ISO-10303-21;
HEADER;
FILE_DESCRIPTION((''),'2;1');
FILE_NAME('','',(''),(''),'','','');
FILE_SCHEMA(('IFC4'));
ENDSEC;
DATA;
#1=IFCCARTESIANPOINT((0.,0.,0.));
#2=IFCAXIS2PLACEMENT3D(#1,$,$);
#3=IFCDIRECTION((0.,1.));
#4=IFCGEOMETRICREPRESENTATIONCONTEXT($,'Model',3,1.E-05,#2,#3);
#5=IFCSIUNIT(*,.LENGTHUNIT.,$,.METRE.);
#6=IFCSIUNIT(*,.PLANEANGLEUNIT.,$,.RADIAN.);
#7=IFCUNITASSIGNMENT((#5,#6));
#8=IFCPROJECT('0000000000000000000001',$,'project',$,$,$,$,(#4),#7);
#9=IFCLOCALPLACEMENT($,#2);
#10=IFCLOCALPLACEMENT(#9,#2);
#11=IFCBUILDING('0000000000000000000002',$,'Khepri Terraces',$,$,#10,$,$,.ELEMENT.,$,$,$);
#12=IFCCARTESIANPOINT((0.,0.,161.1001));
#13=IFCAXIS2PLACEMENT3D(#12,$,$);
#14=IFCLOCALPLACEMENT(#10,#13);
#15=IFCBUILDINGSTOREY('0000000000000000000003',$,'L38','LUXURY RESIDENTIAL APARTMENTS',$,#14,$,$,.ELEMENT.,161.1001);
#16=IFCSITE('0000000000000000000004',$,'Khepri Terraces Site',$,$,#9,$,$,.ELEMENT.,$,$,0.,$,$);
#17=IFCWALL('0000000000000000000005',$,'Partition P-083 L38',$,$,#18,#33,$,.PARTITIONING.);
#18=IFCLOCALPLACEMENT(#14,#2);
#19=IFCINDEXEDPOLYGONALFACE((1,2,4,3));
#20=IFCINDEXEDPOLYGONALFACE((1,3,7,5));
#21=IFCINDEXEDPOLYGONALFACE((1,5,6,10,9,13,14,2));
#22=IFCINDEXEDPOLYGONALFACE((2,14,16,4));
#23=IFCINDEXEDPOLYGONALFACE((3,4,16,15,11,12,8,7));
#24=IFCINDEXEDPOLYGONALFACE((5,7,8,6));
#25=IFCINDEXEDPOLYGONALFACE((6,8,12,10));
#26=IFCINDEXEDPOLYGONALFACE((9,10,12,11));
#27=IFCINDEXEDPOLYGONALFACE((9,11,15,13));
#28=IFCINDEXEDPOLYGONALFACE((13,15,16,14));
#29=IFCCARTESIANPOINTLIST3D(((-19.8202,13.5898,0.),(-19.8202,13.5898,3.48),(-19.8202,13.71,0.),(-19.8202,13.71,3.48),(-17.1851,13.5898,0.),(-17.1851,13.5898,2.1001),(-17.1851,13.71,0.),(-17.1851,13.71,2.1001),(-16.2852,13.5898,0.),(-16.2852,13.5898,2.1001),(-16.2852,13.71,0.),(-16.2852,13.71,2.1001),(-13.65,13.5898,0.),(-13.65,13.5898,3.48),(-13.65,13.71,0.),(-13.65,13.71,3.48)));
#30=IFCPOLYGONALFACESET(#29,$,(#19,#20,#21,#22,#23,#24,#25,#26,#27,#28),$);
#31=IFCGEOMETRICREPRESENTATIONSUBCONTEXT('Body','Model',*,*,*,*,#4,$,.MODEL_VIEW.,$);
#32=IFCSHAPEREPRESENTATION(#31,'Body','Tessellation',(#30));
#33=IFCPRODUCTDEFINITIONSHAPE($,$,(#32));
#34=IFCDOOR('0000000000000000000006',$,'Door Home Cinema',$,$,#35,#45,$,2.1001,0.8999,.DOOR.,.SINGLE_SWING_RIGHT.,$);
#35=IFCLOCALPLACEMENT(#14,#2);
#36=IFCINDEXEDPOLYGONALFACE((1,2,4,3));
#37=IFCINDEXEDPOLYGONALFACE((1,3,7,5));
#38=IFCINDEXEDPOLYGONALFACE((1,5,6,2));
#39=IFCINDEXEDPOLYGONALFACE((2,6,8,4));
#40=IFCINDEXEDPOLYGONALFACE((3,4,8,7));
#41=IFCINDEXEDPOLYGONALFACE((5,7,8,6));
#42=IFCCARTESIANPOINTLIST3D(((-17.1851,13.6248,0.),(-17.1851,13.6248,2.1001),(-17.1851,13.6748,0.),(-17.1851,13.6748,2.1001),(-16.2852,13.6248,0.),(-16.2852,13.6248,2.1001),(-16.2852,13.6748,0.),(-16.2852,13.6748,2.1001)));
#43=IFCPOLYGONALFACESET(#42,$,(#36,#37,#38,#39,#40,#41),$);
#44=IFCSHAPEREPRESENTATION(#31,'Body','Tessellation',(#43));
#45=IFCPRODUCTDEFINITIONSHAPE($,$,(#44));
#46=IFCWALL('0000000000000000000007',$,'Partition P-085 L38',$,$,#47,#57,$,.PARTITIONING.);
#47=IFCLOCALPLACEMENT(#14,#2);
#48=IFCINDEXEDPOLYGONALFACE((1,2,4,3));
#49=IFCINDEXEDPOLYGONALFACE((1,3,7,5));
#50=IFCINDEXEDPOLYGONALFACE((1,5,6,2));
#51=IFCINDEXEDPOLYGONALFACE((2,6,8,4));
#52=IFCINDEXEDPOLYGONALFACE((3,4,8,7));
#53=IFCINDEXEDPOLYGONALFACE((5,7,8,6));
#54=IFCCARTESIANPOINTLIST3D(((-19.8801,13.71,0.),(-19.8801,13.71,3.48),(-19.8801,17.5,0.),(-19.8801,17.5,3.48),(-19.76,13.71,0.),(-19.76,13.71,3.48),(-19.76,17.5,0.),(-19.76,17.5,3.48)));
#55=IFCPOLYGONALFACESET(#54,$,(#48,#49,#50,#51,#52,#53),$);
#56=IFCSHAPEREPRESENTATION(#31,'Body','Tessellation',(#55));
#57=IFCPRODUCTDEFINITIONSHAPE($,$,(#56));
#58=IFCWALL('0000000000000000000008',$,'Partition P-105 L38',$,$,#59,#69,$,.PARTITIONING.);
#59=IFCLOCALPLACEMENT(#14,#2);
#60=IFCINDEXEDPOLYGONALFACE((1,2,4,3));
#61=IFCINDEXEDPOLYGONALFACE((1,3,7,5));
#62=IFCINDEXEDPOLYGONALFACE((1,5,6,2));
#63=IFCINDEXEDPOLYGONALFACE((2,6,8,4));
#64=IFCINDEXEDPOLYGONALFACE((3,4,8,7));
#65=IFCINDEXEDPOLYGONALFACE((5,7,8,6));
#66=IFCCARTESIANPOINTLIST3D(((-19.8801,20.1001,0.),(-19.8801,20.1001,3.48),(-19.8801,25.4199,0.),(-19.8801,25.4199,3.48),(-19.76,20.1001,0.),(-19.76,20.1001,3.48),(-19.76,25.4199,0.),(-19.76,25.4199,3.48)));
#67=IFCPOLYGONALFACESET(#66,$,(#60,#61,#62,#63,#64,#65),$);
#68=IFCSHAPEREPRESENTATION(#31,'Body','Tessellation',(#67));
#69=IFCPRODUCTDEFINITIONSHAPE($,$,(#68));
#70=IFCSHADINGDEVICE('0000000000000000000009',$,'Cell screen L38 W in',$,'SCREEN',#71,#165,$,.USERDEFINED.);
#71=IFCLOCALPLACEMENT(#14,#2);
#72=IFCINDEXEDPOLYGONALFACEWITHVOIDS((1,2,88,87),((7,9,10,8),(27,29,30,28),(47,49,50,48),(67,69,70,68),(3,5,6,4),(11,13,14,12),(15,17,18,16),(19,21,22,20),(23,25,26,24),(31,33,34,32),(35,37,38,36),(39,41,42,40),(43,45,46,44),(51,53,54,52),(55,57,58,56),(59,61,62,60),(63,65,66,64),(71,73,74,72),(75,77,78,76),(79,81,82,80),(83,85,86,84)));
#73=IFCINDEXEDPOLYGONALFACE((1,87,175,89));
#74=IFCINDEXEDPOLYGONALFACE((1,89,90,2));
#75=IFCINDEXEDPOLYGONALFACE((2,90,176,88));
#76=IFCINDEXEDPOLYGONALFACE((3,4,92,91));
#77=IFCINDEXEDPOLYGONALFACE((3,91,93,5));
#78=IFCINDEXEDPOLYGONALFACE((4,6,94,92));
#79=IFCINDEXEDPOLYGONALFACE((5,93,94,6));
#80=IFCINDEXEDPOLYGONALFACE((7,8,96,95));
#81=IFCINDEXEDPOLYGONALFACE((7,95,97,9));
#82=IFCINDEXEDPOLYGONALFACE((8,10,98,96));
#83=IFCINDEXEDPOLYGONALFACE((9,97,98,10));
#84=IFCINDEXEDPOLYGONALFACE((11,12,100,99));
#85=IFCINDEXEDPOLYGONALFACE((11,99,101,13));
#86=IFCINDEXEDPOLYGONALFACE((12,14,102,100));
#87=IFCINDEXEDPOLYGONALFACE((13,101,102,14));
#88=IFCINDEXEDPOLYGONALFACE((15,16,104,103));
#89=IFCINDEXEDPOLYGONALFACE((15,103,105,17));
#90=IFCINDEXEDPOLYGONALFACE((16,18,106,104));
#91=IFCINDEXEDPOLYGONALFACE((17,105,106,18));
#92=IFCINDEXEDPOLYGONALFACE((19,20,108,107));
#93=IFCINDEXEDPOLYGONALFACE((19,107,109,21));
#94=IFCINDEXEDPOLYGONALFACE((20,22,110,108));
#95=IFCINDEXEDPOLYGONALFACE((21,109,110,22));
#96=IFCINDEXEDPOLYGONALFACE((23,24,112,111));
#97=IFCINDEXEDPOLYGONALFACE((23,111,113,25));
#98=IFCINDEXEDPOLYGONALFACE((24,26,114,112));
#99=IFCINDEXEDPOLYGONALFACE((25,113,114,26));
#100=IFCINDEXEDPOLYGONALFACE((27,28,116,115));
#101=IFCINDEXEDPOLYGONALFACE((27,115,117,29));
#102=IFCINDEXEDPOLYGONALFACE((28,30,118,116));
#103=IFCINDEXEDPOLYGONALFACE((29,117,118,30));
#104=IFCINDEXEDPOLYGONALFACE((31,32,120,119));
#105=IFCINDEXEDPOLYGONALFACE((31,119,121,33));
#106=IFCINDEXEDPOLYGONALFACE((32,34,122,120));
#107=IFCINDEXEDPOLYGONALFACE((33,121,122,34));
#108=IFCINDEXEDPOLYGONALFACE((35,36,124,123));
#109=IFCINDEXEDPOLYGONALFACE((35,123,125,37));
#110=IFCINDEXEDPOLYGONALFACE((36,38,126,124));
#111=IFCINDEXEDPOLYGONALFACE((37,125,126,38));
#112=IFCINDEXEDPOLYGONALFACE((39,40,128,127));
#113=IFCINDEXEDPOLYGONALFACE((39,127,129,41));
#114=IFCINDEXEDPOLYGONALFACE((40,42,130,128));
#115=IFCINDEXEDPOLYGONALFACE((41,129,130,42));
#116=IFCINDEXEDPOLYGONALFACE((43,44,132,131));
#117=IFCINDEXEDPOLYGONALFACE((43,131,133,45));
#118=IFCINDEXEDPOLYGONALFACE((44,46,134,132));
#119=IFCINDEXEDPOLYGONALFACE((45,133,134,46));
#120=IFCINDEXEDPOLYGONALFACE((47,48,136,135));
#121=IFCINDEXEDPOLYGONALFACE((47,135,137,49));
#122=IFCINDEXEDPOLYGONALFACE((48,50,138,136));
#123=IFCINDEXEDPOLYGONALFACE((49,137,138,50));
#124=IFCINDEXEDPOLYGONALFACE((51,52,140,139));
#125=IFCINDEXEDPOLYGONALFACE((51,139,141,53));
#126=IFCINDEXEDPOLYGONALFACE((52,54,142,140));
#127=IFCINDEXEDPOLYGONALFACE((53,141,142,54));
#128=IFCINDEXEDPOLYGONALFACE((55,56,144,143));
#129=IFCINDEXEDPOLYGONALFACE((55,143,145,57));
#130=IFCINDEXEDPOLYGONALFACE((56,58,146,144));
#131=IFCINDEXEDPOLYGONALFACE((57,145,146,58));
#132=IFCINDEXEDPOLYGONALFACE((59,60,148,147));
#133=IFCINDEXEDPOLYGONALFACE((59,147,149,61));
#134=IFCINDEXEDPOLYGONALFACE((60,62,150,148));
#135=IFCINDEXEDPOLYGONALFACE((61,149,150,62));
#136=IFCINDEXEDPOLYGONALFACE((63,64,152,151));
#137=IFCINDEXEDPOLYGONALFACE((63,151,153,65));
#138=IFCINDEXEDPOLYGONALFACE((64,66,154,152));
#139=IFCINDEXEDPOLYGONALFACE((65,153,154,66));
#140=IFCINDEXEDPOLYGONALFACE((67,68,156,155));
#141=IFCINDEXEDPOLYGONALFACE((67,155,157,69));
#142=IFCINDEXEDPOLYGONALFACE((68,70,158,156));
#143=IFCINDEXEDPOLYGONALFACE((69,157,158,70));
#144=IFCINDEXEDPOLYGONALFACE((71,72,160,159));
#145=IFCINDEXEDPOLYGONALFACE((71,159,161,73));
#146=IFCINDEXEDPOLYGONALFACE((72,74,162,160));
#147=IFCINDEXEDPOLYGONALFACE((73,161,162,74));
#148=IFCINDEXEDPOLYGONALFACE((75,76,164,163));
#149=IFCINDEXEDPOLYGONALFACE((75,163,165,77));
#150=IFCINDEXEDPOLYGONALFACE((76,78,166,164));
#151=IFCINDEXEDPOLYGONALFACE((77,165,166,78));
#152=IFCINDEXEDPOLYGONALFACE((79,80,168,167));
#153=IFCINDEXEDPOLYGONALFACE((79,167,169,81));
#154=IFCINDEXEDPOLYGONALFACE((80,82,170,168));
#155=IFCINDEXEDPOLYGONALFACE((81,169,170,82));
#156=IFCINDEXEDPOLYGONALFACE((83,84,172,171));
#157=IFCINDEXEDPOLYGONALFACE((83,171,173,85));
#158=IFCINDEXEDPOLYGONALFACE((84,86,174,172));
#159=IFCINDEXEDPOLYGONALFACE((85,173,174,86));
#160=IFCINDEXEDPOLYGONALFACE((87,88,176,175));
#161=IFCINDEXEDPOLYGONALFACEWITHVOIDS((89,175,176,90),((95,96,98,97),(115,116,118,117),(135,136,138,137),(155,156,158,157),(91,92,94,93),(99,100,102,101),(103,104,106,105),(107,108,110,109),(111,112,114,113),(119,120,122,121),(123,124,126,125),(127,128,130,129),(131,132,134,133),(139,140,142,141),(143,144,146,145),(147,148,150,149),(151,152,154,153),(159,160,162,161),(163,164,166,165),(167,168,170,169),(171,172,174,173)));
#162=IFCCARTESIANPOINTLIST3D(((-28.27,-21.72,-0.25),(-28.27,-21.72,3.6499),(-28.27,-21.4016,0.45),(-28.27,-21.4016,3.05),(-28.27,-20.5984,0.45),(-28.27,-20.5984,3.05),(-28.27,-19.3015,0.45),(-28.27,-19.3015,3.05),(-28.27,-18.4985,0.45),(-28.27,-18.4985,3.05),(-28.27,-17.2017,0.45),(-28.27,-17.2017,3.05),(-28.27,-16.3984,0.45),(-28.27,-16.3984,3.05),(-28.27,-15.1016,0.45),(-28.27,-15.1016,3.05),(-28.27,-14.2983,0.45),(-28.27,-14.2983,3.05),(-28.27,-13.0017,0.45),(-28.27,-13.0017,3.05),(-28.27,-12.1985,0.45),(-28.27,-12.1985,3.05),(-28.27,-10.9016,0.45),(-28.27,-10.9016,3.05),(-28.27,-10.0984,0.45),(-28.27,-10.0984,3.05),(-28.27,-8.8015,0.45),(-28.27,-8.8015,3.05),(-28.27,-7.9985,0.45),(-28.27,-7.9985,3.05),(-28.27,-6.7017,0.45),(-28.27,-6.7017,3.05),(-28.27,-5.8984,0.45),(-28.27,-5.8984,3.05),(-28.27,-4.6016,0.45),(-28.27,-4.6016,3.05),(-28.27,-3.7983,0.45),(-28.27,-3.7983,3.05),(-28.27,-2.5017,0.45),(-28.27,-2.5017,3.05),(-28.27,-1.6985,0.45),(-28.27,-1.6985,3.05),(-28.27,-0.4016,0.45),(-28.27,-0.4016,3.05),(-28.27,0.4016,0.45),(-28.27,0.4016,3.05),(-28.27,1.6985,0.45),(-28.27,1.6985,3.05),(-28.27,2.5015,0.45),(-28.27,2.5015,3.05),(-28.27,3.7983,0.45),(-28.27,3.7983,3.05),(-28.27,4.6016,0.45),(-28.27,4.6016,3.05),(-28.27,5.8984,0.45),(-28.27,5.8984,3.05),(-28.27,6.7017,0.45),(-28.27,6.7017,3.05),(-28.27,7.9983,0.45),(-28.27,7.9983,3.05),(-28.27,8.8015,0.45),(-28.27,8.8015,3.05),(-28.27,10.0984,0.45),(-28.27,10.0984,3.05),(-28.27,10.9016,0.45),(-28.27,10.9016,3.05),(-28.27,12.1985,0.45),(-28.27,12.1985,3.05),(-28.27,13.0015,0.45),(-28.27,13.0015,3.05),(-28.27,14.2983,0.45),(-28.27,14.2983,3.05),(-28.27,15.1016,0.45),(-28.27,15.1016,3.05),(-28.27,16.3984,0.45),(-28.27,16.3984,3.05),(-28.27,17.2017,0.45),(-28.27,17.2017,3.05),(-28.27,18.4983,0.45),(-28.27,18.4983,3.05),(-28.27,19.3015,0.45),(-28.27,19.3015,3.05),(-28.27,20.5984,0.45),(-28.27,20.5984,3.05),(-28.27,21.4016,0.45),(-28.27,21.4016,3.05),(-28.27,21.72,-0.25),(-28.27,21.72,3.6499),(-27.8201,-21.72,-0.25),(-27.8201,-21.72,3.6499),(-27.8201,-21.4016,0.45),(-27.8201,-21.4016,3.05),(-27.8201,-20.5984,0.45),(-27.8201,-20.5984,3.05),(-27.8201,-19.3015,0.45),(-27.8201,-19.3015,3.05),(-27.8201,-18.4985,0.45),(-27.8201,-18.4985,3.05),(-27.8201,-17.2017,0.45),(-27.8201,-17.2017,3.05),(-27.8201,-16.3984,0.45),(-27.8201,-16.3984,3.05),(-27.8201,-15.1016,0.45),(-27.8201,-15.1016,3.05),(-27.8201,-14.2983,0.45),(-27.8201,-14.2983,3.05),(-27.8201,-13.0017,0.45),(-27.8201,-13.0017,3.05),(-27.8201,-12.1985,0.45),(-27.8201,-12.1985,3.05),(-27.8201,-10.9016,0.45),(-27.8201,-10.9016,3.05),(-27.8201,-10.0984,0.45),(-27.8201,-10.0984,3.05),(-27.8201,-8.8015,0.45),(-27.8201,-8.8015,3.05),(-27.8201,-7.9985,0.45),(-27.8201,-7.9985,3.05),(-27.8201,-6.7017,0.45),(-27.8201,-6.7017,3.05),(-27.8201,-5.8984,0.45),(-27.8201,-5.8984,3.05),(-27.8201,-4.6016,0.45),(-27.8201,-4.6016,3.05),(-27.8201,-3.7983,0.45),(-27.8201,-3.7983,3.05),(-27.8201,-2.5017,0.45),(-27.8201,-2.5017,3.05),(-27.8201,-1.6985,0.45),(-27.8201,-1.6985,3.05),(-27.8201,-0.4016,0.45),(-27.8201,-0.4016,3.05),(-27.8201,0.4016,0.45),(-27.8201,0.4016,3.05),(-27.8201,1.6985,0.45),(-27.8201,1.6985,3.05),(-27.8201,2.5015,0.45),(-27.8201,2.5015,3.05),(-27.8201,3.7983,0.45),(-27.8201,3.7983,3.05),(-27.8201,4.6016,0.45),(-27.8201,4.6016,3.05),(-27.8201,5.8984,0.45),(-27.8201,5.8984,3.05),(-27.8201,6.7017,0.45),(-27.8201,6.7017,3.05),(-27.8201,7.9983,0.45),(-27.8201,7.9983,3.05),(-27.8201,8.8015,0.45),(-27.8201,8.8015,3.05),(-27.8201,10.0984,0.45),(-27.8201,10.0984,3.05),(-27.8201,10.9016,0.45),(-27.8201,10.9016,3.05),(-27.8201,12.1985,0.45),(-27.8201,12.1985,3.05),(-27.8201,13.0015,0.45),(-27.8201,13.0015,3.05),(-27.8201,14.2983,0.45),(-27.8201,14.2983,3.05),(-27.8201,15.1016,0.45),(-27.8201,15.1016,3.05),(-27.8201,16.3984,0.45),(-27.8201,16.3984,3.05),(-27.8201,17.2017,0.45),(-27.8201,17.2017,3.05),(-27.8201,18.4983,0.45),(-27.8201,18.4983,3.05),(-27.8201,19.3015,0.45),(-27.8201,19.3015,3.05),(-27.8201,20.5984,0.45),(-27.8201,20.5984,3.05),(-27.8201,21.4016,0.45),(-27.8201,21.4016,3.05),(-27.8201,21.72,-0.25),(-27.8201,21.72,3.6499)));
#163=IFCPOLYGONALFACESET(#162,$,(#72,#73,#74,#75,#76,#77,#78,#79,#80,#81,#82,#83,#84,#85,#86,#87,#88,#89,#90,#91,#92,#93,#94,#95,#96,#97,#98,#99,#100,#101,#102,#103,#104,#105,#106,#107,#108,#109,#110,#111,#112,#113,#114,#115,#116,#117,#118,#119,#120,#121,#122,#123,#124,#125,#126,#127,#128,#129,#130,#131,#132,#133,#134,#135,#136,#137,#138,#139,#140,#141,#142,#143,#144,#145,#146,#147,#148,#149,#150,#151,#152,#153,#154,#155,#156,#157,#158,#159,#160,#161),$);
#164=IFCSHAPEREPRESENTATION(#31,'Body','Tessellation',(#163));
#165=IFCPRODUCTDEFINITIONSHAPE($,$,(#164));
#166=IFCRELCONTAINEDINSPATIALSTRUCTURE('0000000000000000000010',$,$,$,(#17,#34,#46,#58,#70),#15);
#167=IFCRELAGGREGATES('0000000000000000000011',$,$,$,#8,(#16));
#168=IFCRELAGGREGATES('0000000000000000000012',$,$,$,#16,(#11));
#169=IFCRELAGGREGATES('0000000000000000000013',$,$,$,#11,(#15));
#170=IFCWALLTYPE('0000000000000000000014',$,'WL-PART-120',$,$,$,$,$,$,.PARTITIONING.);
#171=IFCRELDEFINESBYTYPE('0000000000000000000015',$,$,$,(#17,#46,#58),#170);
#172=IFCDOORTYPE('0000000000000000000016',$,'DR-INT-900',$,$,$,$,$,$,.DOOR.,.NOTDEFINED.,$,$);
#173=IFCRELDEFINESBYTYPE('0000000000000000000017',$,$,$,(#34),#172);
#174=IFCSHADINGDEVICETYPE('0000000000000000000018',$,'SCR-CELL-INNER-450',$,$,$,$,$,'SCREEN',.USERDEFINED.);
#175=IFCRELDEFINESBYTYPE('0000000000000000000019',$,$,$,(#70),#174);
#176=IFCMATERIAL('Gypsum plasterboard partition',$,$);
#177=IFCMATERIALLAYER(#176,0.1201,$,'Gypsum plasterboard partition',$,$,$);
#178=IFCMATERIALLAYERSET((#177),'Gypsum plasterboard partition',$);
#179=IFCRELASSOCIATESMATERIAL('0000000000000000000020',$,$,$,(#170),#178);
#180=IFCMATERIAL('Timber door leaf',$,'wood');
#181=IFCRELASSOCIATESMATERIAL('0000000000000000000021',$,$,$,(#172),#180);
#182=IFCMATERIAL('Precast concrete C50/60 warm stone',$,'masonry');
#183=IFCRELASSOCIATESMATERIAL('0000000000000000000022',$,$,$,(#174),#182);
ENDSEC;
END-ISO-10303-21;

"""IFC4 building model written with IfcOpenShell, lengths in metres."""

from ifc_helpers import new_model, si_unit, direction, frame, frame_2d, origin, place, context, subcontext, project, spatial, polyline, rectangle, outline, extrude, material, layer, layer_set, type_object, element, fill, save


model = new_model("IFC4")

# Units and contexts
model_context = context("Model", 3, precision=1e-05, world=origin(), true_north=direction((0.0, 1.0)))
body_context = subcontext(model_context, "Body", "Model", "MODEL_VIEW")
ifc_project = project(units=[si_unit("LENGTHUNIT", "METRE"), si_unit("PLANEANGLEUNIT", "RADIAN")], contexts=[model_context])

# Site, building, storey
site_placement = place(None, origin())
site = spatial("IfcSite", under=ifc_project, at=site_placement, Name="Khepri Terraces Site", CompositionType="ELEMENT", RefElevation=0.0)
building_placement = place(site_placement, origin())
building = spatial("IfcBuilding", under=site, at=building_placement, Name="Khepri Terraces", CompositionType="ELEMENT")
storey_placement = place(building_placement, frame((0.0, 0.0, 161.1001)))
storey = spatial("IfcBuildingStorey", under=building, at=storey_placement, Name="L38", Description="LUXURY RESIDENTIAL APARTMENTS", CompositionType="ELEMENT", Elevation=161.1001)

# Shared definitions
ifc_material_1 = material(Name="Precast concrete C50/60 warm stone", Category="masonry")

# Shared definitions
ifc_material_2 = material(Name="Gypsum plasterboard partition")
ifc_layer_1 = layer(ifc_material_2, 0.1201, Name="Gypsum plasterboard partition")
ifc_layer_set_1 = layer_set([ifc_layer_1], Name="Gypsum plasterboard partition")
wall_type_1 = type_object("IfcWallType", Name="WL-PART-120", PredefinedType="PARTITIONING", material=ifc_layer_set_1)

# Wall, opening, door
wall_1_placement = place(storey_placement, frame((-19.8201, 13.6499, 0.0), z_axis=(0.0, 0.0, 1.0), x_axis=(1.0, 0.0, 0.0)))
wall_1 = element("IfcWall", 1, at=wall_1_placement, inside=storey, type_object=wall_type_1, Name="Partition P-083 L38", PredefinedType="PARTITIONING", context=body_context, shape_type="SweptSolid", body=[
    extrude(rectangle(XDim=6.1702, YDim=0.1201, at=frame_2d((3.085, 0.0))), origin(), (0.0, 0.0, 1.0), 3.48),
])
opening_1_placement = place(wall_1_placement, frame((2.635, 0.0, 0.0)))
opening_1 = element("IfcOpeningElement", 2, at=opening_1_placement, cuts=wall_1, PredefinedType="OPENING", context=body_context, shape_type="SweptSolid", body=[
    extrude(rectangle(XDim=0.8999, YDim=2.1001, at=frame_2d((0.45, 1.05))), frame((0.0, 0.0701, 0.0), z_axis=(0.0, -1.0, 0.0), x_axis=(1.0, 0.0, 0.0)), (0.0, 0.0, 1.0), 0.1401),
])
ifc_material_3 = material(Name="Timber door leaf", Category="wood")
door_type_1 = type_object("IfcDoorType", Name="DR-INT-900", OperationType="NOTDEFINED", PredefinedType="DOOR", material=ifc_material_3)
door_1_placement = place(opening_1_placement, origin())
door_1 = element("IfcDoor", 3, at=door_1_placement, inside=storey, type_object=door_type_1, Name="Door Home Cinema", OperationType="SINGLE_SWING_RIGHT", OverallHeight=2.1001, OverallWidth=0.8999, PredefinedType="DOOR", context=body_context, shape_type="SweptSolid", body=[
    extrude(rectangle(XDim=0.8999, YDim=2.1001, at=frame_2d((0.45, 1.05))), frame((0.0, 0.0249, 0.0), z_axis=(0.0, -1.0, 0.0), x_axis=(1.0, 0.0, 0.0)), (0.0, 0.0, 1.0), 0.05),
])
fill(opening_1, door_1)

# Walls
wall_2_placement = place(storey_placement, frame((-19.8201, 13.71, 0.0), z_axis=(0.0, 0.0, 1.0), x_axis=(0.0, 1.0, 0.0)))
element("IfcWall", 4, at=wall_2_placement, inside=storey, type_object=wall_type_1, Name="Partition P-085 L38", PredefinedType="PARTITIONING", context=body_context, shape_type="SweptSolid", body=[
    extrude(rectangle(XDim=3.79, YDim=0.1201, at=frame_2d((1.895, 0.0))), origin(), (0.0, 0.0, 1.0), 3.48),
])
wall_3_placement = place(storey_placement, frame((-19.8201, 20.1001, 0.0), z_axis=(0.0, 0.0, 1.0), x_axis=(0.0, 1.0, 0.0)))
element("IfcWall", 5, at=wall_3_placement, inside=storey, type_object=wall_type_1, Name="Partition P-105 L38", PredefinedType="PARTITIONING", context=body_context, shape_type="SweptSolid", body=[
    extrude(rectangle(XDim=5.3198, YDim=0.1201, at=frame_2d((2.6599, 0.0))), origin(), (0.0, 0.0, 1.0), 3.48),
])

# Shading device
shading_device_type_1 = type_object("IfcShadingDeviceType", Name="SCR-CELL-INNER-450", ElementType="SCREEN", PredefinedType="USERDEFINED", material=ifc_material_1)
shading_device_1_placement = place(storey_placement, frame((-27.8201, 21.72, -0.25), z_axis=(-1.0, 0.0, 0.0), x_axis=(0.0, -1.0, 0.0)))
element("IfcShadingDevice", 6, at=shading_device_1_placement, inside=storey, type_object=shading_device_type_1, Name="Cell screen L38 W in", ObjectType="SCREEN", PredefinedType="USERDEFINED", context=body_context, shape_type="SweptSolid", body=[
    extrude(outline(polyline([(0.0, 0.0), (43.4399, 0.0), (43.4399, 3.8999), (0.0, 3.8999), (0.0, 0.0)]), holes=[polyline([(0.3184, 0.7), (1.1216, 0.7), (1.1216, 3.3), (0.3184, 3.3), (0.3184, 0.7)]), polyline([(2.4185, 0.7), (3.2217, 0.7), (3.2217, 3.3), (2.4185, 3.3), (2.4185, 0.7)]), polyline([(4.5183, 0.7), (5.3215, 0.7), (5.3215, 3.3), (4.5183, 3.3), (4.5183, 0.7)]), polyline([(6.6184, 0.7), (7.4216, 0.7), (7.4216, 3.3), (6.6184, 3.3), (6.6184, 0.7)]), polyline([(8.7185, 0.7), (9.5215, 0.7), (9.5215, 3.3), (8.7185, 3.3), (8.7185, 0.7)]), polyline([(10.8184, 0.7), (11.6216, 0.7), (11.6216, 3.3), (10.8184, 3.3), (10.8184, 0.7)]), polyline([(12.9185, 0.7), (13.7217, 0.7), (13.7217, 3.3), (12.9185, 3.3), (12.9185, 0.7)]), polyline([(15.0183, 0.7), (15.8215, 0.7), (15.8215, 3.3), (15.0183, 3.3), (15.0183, 0.7)]), polyline([(17.1184, 0.7), (17.9216, 0.7), (17.9216, 3.3), (17.1184, 3.3), (17.1184, 0.7)]), polyline([(19.2185, 0.7), (20.0215, 0.7), (20.0215, 3.3), (19.2185, 3.3), (19.2185, 0.7)]), polyline([(21.3184, 0.7), (22.1216, 0.7), (22.1216, 3.3), (21.3184, 3.3), (21.3184, 0.7)]), polyline([(23.4185, 0.7), (24.2217, 0.7), (24.2217, 3.3), (23.4185, 3.3), (23.4185, 0.7)]), polyline([(25.5183, 0.7), (26.3215, 0.7), (26.3215, 3.3), (25.5183, 3.3), (25.5183, 0.7)]), polyline([(27.6184, 0.7), (28.4216, 0.7), (28.4216, 3.3), (27.6184, 3.3), (27.6184, 0.7)]), polyline([(29.7185, 0.7), (30.5215, 0.7), (30.5215, 3.3), (29.7185, 3.3), (29.7185, 0.7)]), polyline([(31.8184, 0.7), (32.6216, 0.7), (32.6216, 3.3), (31.8184, 3.3), (31.8184, 0.7)]), polyline([(33.9185, 0.7), (34.7217, 0.7), (34.7217, 3.3), (33.9185, 3.3), (33.9185, 0.7)]), polyline([(36.0183, 0.7), (36.8215, 0.7), (36.8215, 3.3), (36.0183, 3.3), (36.0183, 0.7)]), polyline([(38.1184, 0.7), (38.9216, 0.7), (38.9216, 3.3), (38.1184, 3.3), (38.1184, 0.7)]), polyline([(40.2185, 0.7), (41.0215, 0.7), (41.0215, 3.3), (40.2185, 3.3), (40.2185, 0.7)]), polyline([(42.3184, 0.7), (43.1216, 0.7), (43.1216, 3.3), (42.3184, 3.3), (42.3184, 0.7)])]), origin(), (0.0, 0.0, 1.0), 0.45),
])

save(model, "model.ifc")
